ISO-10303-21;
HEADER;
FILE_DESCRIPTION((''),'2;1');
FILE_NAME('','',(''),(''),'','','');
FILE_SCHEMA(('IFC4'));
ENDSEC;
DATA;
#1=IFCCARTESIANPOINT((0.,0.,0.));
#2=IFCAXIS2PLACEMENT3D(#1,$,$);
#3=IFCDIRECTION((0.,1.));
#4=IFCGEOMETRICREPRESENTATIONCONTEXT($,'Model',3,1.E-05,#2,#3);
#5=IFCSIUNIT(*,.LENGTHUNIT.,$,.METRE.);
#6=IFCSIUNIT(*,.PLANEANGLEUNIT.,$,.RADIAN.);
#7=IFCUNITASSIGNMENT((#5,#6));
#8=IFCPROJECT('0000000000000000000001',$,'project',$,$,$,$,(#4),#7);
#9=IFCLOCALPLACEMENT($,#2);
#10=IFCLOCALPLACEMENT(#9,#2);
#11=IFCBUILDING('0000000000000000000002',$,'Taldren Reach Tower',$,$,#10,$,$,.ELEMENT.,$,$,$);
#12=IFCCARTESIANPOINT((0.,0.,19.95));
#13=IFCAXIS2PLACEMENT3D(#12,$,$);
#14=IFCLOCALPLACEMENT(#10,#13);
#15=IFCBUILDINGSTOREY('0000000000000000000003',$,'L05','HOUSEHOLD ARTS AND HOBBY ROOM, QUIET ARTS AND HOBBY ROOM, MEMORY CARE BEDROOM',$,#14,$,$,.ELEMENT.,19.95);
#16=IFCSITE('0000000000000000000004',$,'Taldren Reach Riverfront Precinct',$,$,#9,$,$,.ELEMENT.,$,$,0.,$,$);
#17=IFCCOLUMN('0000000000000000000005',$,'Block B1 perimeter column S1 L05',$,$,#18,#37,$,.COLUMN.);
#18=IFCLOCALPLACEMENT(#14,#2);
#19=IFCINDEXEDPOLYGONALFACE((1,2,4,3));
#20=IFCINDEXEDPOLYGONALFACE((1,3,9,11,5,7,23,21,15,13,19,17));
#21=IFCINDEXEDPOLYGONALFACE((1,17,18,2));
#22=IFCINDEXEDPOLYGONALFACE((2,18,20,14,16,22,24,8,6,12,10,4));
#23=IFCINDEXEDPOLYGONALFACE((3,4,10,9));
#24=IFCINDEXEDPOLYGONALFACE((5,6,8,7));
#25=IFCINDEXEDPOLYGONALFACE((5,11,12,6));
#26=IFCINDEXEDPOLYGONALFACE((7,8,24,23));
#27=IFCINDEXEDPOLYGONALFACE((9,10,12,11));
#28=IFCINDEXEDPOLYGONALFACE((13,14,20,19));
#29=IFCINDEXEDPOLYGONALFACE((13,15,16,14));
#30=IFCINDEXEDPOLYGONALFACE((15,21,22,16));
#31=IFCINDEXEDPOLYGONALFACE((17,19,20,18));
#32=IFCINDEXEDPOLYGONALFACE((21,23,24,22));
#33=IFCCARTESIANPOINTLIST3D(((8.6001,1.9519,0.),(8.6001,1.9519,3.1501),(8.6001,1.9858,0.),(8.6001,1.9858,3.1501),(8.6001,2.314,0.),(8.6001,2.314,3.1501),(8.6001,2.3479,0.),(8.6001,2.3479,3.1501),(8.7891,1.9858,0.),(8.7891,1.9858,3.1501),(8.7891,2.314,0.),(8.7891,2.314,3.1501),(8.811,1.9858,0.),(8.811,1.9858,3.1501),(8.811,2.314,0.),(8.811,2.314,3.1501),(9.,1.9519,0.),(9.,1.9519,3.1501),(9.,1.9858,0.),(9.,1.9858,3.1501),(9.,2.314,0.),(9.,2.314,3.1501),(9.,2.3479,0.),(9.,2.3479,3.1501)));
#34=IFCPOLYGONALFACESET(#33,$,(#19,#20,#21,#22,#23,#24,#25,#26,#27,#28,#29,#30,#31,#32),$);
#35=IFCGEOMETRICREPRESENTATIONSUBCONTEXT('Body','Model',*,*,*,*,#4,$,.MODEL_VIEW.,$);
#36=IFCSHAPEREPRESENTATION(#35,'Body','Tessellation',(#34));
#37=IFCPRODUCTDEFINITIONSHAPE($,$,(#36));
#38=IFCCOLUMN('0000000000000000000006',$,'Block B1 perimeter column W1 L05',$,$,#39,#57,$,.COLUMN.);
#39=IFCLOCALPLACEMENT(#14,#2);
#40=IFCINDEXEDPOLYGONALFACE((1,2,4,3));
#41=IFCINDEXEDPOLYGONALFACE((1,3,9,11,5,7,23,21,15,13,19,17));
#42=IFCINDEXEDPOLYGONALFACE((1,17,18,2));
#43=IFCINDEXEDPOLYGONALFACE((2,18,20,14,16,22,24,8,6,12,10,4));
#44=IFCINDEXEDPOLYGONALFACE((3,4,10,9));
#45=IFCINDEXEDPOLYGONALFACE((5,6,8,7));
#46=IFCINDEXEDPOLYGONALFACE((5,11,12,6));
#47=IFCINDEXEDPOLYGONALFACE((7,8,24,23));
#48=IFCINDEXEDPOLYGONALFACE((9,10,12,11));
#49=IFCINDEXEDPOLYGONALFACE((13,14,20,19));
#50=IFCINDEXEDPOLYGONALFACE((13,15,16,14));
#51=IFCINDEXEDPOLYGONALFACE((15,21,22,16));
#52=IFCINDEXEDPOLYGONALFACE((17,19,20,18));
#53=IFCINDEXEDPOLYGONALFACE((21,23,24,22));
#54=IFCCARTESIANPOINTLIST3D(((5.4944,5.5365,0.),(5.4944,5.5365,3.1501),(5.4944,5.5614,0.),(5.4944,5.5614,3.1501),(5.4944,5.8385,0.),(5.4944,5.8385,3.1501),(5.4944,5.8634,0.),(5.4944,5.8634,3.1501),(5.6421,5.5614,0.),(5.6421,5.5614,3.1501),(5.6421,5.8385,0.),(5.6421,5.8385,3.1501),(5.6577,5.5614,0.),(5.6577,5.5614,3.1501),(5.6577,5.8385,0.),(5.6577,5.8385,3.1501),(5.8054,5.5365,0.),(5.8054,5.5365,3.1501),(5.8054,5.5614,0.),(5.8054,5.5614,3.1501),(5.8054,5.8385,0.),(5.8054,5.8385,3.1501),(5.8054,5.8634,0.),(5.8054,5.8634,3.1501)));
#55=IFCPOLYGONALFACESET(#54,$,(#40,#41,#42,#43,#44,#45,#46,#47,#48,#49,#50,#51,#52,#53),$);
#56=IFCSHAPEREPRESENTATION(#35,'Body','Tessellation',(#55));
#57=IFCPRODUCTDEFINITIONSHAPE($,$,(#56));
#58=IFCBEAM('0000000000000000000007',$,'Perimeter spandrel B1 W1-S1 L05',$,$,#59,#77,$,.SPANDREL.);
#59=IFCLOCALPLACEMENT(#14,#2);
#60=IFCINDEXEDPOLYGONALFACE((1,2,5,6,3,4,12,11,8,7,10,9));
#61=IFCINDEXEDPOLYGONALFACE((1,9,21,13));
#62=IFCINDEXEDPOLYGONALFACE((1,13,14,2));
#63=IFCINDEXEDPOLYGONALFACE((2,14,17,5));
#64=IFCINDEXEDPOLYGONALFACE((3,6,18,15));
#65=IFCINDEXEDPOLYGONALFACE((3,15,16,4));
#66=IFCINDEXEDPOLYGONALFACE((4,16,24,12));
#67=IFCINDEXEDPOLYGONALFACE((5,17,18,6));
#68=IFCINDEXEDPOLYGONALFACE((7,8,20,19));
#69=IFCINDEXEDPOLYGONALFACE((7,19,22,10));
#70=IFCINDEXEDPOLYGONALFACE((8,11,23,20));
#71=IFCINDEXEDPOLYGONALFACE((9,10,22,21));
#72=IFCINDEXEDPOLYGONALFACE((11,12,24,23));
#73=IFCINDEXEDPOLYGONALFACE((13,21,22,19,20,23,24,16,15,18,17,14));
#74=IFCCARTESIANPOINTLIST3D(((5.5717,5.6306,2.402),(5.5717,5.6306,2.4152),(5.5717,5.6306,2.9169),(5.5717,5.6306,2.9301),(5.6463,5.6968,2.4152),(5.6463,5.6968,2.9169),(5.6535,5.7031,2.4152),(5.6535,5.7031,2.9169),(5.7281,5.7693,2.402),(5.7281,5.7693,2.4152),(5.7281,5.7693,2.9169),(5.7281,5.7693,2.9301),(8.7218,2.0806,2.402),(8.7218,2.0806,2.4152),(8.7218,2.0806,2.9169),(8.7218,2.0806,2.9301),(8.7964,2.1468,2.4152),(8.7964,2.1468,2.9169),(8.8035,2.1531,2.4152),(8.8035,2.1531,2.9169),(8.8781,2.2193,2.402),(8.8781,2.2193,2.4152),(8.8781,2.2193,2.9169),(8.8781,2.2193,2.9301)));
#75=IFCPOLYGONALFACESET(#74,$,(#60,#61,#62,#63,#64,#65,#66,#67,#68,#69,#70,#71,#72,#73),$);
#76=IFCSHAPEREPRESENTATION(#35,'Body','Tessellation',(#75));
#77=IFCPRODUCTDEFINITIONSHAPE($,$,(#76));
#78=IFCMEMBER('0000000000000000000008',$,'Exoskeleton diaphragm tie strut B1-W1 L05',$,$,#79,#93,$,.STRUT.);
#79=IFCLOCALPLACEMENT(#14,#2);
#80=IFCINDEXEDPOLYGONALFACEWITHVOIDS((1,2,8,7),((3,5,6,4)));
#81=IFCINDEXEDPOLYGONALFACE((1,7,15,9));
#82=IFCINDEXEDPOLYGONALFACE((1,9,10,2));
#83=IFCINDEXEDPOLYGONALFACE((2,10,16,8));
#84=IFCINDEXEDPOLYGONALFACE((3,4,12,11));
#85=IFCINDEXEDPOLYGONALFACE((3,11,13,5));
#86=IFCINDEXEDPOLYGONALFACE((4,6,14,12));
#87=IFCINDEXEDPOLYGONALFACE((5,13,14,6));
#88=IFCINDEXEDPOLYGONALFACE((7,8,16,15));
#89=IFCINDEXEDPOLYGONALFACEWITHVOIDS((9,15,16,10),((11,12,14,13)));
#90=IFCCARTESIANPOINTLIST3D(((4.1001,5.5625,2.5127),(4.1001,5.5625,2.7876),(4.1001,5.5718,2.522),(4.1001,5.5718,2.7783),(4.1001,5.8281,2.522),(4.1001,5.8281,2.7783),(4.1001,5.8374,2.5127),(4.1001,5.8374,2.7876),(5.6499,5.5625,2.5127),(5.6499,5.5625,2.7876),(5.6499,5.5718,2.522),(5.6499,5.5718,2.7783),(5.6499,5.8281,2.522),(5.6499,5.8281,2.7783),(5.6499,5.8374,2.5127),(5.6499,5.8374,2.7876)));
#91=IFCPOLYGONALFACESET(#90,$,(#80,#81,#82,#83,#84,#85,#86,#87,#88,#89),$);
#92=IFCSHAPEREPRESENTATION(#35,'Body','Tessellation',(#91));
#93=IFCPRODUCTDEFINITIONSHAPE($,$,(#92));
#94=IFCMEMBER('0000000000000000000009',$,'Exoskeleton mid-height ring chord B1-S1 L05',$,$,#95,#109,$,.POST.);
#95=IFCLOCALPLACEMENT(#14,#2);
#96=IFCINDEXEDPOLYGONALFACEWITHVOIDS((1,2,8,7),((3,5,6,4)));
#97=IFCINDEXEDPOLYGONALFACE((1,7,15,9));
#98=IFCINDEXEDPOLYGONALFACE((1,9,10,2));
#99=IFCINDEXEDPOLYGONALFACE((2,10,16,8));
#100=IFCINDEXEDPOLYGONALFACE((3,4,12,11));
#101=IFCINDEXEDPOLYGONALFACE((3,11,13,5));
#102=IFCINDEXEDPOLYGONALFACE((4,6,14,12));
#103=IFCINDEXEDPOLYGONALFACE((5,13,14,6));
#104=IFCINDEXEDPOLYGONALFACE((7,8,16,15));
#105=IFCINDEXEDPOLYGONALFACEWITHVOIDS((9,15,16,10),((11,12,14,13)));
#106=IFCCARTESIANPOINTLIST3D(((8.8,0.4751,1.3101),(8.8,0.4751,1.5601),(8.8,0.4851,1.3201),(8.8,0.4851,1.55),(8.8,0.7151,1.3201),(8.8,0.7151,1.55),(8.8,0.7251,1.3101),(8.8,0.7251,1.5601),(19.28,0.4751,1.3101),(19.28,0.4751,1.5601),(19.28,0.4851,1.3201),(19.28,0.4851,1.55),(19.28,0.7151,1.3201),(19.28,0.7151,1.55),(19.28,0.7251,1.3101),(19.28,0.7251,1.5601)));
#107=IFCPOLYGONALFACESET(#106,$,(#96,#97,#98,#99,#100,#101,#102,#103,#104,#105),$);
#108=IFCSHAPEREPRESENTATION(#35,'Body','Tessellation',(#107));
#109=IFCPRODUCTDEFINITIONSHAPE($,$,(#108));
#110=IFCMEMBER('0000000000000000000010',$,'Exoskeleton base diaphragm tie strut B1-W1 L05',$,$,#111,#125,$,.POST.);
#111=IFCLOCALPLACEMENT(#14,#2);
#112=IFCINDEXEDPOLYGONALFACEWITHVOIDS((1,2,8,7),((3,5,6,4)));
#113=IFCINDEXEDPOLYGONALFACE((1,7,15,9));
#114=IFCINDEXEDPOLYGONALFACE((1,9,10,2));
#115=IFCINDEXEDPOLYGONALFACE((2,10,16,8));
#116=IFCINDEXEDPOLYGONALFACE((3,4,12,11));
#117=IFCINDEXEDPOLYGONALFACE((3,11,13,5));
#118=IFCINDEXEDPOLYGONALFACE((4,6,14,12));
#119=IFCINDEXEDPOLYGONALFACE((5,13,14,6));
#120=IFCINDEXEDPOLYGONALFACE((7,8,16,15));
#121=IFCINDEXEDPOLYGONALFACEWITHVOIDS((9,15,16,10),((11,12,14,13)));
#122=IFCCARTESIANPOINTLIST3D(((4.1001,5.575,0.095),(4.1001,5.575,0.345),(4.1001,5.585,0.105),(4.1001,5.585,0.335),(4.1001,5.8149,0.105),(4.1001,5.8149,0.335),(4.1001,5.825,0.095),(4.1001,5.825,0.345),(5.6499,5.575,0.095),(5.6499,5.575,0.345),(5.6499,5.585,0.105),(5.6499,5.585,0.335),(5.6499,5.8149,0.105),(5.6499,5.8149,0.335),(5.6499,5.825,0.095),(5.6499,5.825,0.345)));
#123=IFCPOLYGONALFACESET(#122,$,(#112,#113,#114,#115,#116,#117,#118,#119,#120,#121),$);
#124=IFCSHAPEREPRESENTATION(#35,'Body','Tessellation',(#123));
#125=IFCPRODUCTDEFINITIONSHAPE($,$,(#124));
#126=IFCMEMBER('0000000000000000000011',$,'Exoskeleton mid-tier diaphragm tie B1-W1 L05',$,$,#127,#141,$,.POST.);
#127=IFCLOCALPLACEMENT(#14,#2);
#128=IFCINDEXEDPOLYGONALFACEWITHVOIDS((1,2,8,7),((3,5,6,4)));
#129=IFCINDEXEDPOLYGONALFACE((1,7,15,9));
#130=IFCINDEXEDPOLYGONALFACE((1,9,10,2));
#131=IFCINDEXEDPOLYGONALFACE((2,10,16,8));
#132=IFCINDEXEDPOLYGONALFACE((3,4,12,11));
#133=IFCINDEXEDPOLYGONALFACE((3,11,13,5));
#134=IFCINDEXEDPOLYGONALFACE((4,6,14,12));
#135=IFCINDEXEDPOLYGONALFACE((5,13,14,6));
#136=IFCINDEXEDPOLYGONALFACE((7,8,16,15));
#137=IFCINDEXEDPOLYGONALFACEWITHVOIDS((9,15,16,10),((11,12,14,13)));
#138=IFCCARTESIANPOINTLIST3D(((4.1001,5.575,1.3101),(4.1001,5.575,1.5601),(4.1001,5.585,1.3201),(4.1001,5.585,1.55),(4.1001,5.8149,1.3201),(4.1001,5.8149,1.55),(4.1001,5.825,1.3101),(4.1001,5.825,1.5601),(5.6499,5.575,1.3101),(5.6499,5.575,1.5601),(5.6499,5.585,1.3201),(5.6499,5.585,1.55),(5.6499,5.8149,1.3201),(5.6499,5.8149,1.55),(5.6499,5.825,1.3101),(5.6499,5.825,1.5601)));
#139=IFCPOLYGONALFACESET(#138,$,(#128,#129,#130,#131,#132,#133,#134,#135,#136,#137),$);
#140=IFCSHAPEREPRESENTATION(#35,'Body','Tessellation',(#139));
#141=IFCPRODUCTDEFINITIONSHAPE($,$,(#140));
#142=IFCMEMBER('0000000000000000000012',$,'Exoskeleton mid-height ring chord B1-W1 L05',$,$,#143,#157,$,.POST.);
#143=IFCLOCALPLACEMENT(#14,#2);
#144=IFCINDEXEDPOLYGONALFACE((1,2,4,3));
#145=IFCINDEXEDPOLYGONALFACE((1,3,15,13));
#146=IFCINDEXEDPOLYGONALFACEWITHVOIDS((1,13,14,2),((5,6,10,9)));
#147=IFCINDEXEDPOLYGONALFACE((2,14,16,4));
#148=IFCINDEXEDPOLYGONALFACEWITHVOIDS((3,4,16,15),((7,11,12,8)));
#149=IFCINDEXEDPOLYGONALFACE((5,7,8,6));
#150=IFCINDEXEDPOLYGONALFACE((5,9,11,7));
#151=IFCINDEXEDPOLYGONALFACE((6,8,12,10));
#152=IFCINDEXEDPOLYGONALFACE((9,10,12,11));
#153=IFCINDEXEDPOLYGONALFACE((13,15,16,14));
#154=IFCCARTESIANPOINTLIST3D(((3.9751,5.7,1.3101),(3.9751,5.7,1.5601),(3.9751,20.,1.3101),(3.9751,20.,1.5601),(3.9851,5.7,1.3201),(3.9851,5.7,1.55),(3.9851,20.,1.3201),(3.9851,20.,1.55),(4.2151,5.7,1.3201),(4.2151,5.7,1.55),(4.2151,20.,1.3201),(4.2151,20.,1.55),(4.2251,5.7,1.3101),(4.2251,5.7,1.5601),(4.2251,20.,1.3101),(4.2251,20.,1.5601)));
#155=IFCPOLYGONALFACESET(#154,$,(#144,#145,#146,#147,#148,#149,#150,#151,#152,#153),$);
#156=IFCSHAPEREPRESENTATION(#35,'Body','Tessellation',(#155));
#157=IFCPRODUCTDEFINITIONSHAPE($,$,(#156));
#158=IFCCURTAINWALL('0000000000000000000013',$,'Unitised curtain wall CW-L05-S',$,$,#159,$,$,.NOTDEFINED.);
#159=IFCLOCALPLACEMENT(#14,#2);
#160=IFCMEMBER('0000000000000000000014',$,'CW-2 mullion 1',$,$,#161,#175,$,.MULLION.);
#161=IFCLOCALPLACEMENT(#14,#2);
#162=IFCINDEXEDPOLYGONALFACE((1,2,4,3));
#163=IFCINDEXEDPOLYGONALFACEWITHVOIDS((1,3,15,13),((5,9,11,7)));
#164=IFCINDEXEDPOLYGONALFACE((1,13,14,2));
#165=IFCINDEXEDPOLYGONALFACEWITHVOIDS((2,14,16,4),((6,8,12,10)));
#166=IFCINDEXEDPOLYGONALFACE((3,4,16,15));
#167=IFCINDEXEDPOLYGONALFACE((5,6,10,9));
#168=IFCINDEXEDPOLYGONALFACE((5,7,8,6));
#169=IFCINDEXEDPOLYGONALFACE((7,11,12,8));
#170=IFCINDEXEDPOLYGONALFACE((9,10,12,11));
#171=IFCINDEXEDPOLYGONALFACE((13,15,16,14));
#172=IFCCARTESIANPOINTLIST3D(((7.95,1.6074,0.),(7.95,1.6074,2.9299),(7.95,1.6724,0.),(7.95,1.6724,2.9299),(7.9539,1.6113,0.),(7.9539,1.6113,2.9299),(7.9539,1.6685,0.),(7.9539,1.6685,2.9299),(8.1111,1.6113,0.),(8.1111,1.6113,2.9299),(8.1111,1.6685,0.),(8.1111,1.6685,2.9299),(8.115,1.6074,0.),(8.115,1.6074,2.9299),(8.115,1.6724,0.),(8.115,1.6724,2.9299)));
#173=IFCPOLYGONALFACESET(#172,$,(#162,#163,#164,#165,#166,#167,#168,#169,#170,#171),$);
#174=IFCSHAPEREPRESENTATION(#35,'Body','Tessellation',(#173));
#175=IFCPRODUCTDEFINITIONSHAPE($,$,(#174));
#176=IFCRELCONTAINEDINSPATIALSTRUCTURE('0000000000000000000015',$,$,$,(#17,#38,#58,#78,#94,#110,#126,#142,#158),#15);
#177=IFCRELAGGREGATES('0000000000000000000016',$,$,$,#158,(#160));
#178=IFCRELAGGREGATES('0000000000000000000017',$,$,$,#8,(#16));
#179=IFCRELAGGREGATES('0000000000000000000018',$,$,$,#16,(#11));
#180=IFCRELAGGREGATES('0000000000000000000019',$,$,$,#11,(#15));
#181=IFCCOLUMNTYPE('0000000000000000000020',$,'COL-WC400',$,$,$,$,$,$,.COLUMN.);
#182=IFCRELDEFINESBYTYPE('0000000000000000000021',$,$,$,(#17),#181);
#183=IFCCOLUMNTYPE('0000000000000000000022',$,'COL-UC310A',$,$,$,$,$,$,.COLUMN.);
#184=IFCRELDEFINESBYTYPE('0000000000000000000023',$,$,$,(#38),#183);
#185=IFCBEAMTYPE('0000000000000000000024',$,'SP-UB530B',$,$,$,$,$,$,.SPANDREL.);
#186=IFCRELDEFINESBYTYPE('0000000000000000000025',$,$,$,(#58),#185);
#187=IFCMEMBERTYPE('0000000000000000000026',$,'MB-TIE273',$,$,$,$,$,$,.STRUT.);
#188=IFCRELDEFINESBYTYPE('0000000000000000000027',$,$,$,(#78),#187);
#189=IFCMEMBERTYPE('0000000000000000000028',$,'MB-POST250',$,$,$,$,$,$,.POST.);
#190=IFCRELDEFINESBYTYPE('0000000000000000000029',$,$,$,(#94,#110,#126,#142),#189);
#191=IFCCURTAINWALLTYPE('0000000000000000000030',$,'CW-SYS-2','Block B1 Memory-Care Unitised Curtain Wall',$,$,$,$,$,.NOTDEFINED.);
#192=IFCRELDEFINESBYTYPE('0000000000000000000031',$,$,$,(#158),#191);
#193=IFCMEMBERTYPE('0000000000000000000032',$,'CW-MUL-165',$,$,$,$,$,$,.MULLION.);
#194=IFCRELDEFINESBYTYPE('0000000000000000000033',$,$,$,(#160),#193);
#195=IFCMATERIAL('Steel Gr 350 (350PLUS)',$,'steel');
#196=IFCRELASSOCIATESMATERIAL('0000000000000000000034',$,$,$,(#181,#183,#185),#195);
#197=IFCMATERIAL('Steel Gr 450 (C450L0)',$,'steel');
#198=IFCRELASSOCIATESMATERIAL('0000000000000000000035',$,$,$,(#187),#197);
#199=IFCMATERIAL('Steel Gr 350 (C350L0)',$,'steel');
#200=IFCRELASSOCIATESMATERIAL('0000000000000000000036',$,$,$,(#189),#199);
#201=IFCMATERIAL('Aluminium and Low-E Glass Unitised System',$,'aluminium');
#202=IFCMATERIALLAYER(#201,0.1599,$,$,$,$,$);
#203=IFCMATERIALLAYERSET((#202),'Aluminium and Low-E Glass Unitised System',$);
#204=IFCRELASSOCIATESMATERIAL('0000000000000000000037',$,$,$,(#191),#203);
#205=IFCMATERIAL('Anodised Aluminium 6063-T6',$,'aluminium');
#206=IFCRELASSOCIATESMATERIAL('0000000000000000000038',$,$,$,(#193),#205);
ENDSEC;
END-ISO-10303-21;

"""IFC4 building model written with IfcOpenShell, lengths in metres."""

from ifc_helpers import new_model, si_unit, direction, frame, origin, origin_2d, place, context, subcontext, project, spatial, hollow_rectangle, i_section, extrude, source, transform, mapped, material, layer, layer_set, material_profile, profile_set, type_object, element, aggregate, save


model = new_model("IFC4")

# Units and contexts
model_context = context("Model", 3, precision=1e-05, world=origin(), true_north=direction((0.0, 1.0)))
body_context = subcontext(model_context, "Body", "Model", "MODEL_VIEW")
ifc_project = project(units=[si_unit("LENGTHUNIT", "METRE"), si_unit("PLANEANGLEUNIT", "RADIAN")], contexts=[model_context])

# Site, building, storey
site_placement = place(None, origin())
site = spatial("IfcSite", under=ifc_project, at=site_placement, Name="Taldren Reach Riverfront Precinct", CompositionType="ELEMENT", RefElevation=0.0)
building_placement = place(site_placement, origin())
building = spatial("IfcBuilding", under=site, at=building_placement, Name="Taldren Reach Tower", CompositionType="ELEMENT")
storey_placement = place(building_placement, frame((0.0, 0.0, 19.95)))
storey = spatial("IfcBuildingStorey", under=building, at=storey_placement, Name="L05", Description="HOUSEHOLD ARTS AND HOBBY ROOM, QUIET ARTS AND HOBBY ROOM, MEMORY CARE BEDROOM", CompositionType="ELEMENT", Elevation=19.95)

# Columns
ifc_material_1 = material(Name="Steel Gr 350 (350PLUS)", Category="steel")
ifc_material_profile_1 = material_profile(ifc_material_1, i_section(OverallWidth=0.3999, OverallDepth=0.396, WebThickness=0.022, FlangeThickness=0.0339, at=origin_2d()), Name="400WC270")
ifc_profile_set_1 = profile_set([ifc_material_profile_1], Name="Steel Gr 350 (350PLUS)")
column_type_1 = type_object("IfcColumnType", Name="COL-WC400", PredefinedType="COLUMN", material=ifc_profile_set_1)
shared_shape_1 = source(origin(), body_context, "Body", "SweptSolid", [
    extrude(i_section(OverallWidth=0.3999, OverallDepth=0.396, WebThickness=0.022, FlangeThickness=0.0339, at=origin_2d()), origin(), (0.0, 0.0, 1.0), 3.1501),
])
column_1_placement = place(storey_placement, frame((8.8, 2.1499, 0.0), z_axis=(0.0, 0.0, 1.0), x_axis=(1.0, 0.0, 0.0)))
element("IfcColumn", 1, at=column_1_placement, inside=storey, type_object=column_type_1, Name="Block B1 perimeter column S1 L05", PredefinedType="COLUMN", context=body_context, shape_type="MappedRepresentation", body=[
    mapped(shared_shape_1, transform((0.0, 0.0, 0.0), scale=1.0)),
])
ifc_material_profile_2 = material_profile(ifc_material_1, i_section(OverallWidth=0.311, OverallDepth=0.3269, WebThickness=0.0156, FlangeThickness=0.0249, at=origin_2d()), Name="310UC158")
ifc_profile_set_2 = profile_set([ifc_material_profile_2], Name="Steel Gr 350 (350PLUS)")
column_type_2 = type_object("IfcColumnType", Name="COL-UC310A", PredefinedType="COLUMN", material=ifc_profile_set_2)
shared_shape_2 = source(origin(), body_context, "Body", "SweptSolid", [
    extrude(i_section(OverallWidth=0.311, OverallDepth=0.3269, WebThickness=0.0156, FlangeThickness=0.0249, at=origin_2d()), origin(), (0.0, 0.0, 1.0), 3.1501),
])
column_2_placement = place(storey_placement, frame((5.6499, 5.7, 0.0), z_axis=(0.0, 0.0, 1.0), x_axis=(1.0, 0.0, 0.0)))
element("IfcColumn", 2, at=column_2_placement, inside=storey, type_object=column_type_2, Name="Block B1 perimeter column W1 L05", PredefinedType="COLUMN", context=body_context, shape_type="MappedRepresentation", body=[
    mapped(shared_shape_2, transform((0.0, 0.0, 0.0), scale=1.0)),
])

# Beam
ifc_material_profile_3 = material_profile(ifc_material_1, i_section(OverallWidth=0.209, OverallDepth=0.5281, WebThickness=0.0095, FlangeThickness=0.0132, at=origin_2d()), Name="530UB82.0")
ifc_profile_set_3 = profile_set([ifc_material_profile_3], Name="Steel Gr 350 (350PLUS)")
beam_type = type_object("IfcBeamType", Name="SP-UB530B", PredefinedType="SPANDREL", material=ifc_profile_set_3)
shared_shape_3 = source(origin(), body_context, "Body", "SweptSolid", [
    extrude(i_section(OverallWidth=0.209, OverallDepth=0.5281, WebThickness=0.0095, FlangeThickness=0.0132, at=origin_2d()), origin(), (0.0, 0.0, 1.0), 4.7461),
])
beam_placement = place(storey_placement, frame((5.6499, 5.7, 2.666), z_axis=(0.663722, -0.747979, 0.0), x_axis=(0.747979, 0.663722, 0.0)))
element("IfcBeam", 3, at=beam_placement, inside=storey, type_object=beam_type, Name="Perimeter spandrel B1 W1-S1 L05", PredefinedType="SPANDREL", context=body_context, shape_type="MappedRepresentation", body=[
    mapped(shared_shape_3, transform((0.0, 0.0, 0.0), scale=1.0)),
])

# Members
ifc_material_2 = material(Name="Steel Gr 450 (C450L0)", Category="steel")
ifc_material_profile_4 = material_profile(ifc_material_2, hollow_rectangle(XDim=0.2749, YDim=0.2749, WallThickness=0.0093, at=origin_2d()), Name="275x275x9.3SHS")
ifc_profile_set_4 = profile_set([ifc_material_profile_4], Name="Steel Gr 450 (C450L0)")
member_type_1 = type_object("IfcMemberType", Name="MB-TIE273", PredefinedType="STRUT", material=ifc_profile_set_4)
shared_shape_4 = source(origin(), body_context, "Body", "SweptSolid", [
    extrude(hollow_rectangle(XDim=0.2749, YDim=0.2749, WallThickness=0.0093, at=origin_2d()), origin(), (0.0, 0.0, 1.0), 1.5498),
])
member_1_placement = place(storey_placement, frame((5.6499, 5.7, 2.6501), z_axis=(-1.0, 0.0, 0.0), x_axis=(0.0, -1.0, 0.0)))
element("IfcMember", 4, at=member_1_placement, inside=storey, type_object=member_type_1, Name="Exoskeleton diaphragm tie strut B1-W1 L05", PredefinedType="STRUT", context=body_context, shape_type="MappedRepresentation", body=[
    mapped(shared_shape_4, transform((0.0, 0.0, 0.0), scale=1.0)),
])
ifc_material_3 = material(Name="Steel Gr 350 (C350L0)", Category="steel")
ifc_material_profile_5 = material_profile(ifc_material_3, hollow_rectangle(XDim=0.25, YDim=0.25, WallThickness=0.01, at=origin_2d()), Name="250x250x10.0SHS")
ifc_profile_set_5 = profile_set([ifc_material_profile_5], Name="Steel Gr 350 (C350L0)")
member_type_2 = type_object("IfcMemberType", Name="MB-POST250", PredefinedType="POST", material=ifc_profile_set_5)
shared_shape_5 = source(origin(), body_context, "Body", "SweptSolid", [
    extrude(hollow_rectangle(XDim=0.25, YDim=0.25, WallThickness=0.01, at=origin_2d()), origin(), (0.0, 0.0, 1.0), 10.48),
])
member_2_placement = place(storey_placement, frame((8.8, 0.6001, 1.4351), z_axis=(1.0, 0.0, 0.0), x_axis=(0.0, 1.0, 0.0)))
element("IfcMember", 5, at=member_2_placement, inside=storey, type_object=member_type_2, Name="Exoskeleton mid-height ring chord B1-S1 L05", PredefinedType="POST", context=body_context, shape_type="MappedRepresentation", body=[
    mapped(shared_shape_5, transform((0.0, 0.0, 0.0), scale=1.0)),
])
shared_shape_6 = source(origin(), body_context, "Body", "SweptSolid", [
    extrude(hollow_rectangle(XDim=0.25, YDim=0.25, WallThickness=0.01, at=origin_2d()), origin(), (0.0, 0.0, 1.0), 1.5498),
])
for number, where, z_axis, x_axis, name in (
    (6, (5.6499, 5.7, 0.22), (-1.0, 0.0, 0.0), (0.0, -1.0, 0.0), "Exoskeleton base diaphragm tie strut B1-W1 L05"),
    (7, (5.6499, 5.7, 1.4351), (-1.0, 0.0, 0.0), (0.0, -1.0, 0.0), "Exoskeleton mid-tier diaphragm tie B1-W1 L05"),
):
    element("IfcMember", number, at=place(storey_placement, frame(where, z_axis=z_axis, x_axis=x_axis)), inside=storey, type_object=member_type_2, Name=name, PredefinedType="POST", context=body_context, shape_type="MappedRepresentation", body=[
        mapped(shared_shape_6, transform((0.0, 0.0, 0.0), scale=1.0)),
    ])
shared_shape_7 = source(origin(), body_context, "Body", "SweptSolid", [
    extrude(hollow_rectangle(XDim=0.25, YDim=0.25, WallThickness=0.01, at=origin_2d()), origin(), (0.0, 0.0, 1.0), 14.3),
])
member_3_placement = place(storey_placement, frame((4.1001, 5.7, 1.4351), z_axis=(0.0, 1.0, 0.0), x_axis=(-1.0, 0.0, 0.0)))
element("IfcMember", 8, at=member_3_placement, inside=storey, type_object=member_type_2, Name="Exoskeleton mid-height ring chord B1-W1 L05", PredefinedType="POST", context=body_context, shape_type="MappedRepresentation", body=[
    mapped(shared_shape_7, transform((0.0, 0.0, 0.0), scale=1.0)),
])

# Curtain wall, member
ifc_material_4 = material(Name="Aluminium and Low-E Glass Unitised System", Category="aluminium")
ifc_layer_1 = layer(ifc_material_4, 0.1599)
ifc_layer_set_1 = layer_set([ifc_layer_1], Name="Aluminium and Low-E Glass Unitised System")
curtain_wall_type = type_object("IfcCurtainWallType", Name="CW-SYS-2", Description="Block B1 Memory-Care Unitised Curtain Wall", PredefinedType="NOTDEFINED", material=ifc_layer_set_1)
curtain_wall_1_placement = place(storey_placement, origin())
curtain_wall_1 = element("IfcCurtainWall", 9, at=curtain_wall_1_placement, inside=storey, type_object=curtain_wall_type, Name="Unitised curtain wall CW-L05-S", PredefinedType="NOTDEFINED")
ifc_material_5 = material(Name="Anodised Aluminium 6063-T6", Category="aluminium")
ifc_material_profile_6 = material_profile(ifc_material_5, hollow_rectangle(XDim=0.0649, YDim=0.165, WallThickness=0.0039, at=origin_2d()), Name="ALU-165x65x4RHS")
ifc_profile_set_6 = profile_set([ifc_material_profile_6], Name="Anodised Aluminium 6063-T6")
member_type_3 = type_object("IfcMemberType", Name="CW-MUL-165", PredefinedType="MULLION", material=ifc_profile_set_6)
shared_shape_8 = source(origin(), body_context, "Body", "SweptSolid", [
    extrude(hollow_rectangle(XDim=0.0649, YDim=0.165, WallThickness=0.0039, at=origin_2d()), origin(), (0.0, 0.0, 1.0), 2.9299),
])
member_4_placement = place(storey_placement, frame((8.0325, 1.6399, 0.0), z_axis=(0.0, 0.0, 1.0), x_axis=(0.0, 1.0, 0.0)))
member_4 = element("IfcMember", 10, at=member_4_placement, type_object=member_type_3, Name="CW-2 mullion 1", PredefinedType="MULLION", context=body_context, shape_type="MappedRepresentation", body=[
    mapped(shared_shape_8, transform((0.0, 0.0, 0.0), scale=1.0)),
])

aggregate(curtain_wall_1, [member_4])

save(model, "model.ifc")
